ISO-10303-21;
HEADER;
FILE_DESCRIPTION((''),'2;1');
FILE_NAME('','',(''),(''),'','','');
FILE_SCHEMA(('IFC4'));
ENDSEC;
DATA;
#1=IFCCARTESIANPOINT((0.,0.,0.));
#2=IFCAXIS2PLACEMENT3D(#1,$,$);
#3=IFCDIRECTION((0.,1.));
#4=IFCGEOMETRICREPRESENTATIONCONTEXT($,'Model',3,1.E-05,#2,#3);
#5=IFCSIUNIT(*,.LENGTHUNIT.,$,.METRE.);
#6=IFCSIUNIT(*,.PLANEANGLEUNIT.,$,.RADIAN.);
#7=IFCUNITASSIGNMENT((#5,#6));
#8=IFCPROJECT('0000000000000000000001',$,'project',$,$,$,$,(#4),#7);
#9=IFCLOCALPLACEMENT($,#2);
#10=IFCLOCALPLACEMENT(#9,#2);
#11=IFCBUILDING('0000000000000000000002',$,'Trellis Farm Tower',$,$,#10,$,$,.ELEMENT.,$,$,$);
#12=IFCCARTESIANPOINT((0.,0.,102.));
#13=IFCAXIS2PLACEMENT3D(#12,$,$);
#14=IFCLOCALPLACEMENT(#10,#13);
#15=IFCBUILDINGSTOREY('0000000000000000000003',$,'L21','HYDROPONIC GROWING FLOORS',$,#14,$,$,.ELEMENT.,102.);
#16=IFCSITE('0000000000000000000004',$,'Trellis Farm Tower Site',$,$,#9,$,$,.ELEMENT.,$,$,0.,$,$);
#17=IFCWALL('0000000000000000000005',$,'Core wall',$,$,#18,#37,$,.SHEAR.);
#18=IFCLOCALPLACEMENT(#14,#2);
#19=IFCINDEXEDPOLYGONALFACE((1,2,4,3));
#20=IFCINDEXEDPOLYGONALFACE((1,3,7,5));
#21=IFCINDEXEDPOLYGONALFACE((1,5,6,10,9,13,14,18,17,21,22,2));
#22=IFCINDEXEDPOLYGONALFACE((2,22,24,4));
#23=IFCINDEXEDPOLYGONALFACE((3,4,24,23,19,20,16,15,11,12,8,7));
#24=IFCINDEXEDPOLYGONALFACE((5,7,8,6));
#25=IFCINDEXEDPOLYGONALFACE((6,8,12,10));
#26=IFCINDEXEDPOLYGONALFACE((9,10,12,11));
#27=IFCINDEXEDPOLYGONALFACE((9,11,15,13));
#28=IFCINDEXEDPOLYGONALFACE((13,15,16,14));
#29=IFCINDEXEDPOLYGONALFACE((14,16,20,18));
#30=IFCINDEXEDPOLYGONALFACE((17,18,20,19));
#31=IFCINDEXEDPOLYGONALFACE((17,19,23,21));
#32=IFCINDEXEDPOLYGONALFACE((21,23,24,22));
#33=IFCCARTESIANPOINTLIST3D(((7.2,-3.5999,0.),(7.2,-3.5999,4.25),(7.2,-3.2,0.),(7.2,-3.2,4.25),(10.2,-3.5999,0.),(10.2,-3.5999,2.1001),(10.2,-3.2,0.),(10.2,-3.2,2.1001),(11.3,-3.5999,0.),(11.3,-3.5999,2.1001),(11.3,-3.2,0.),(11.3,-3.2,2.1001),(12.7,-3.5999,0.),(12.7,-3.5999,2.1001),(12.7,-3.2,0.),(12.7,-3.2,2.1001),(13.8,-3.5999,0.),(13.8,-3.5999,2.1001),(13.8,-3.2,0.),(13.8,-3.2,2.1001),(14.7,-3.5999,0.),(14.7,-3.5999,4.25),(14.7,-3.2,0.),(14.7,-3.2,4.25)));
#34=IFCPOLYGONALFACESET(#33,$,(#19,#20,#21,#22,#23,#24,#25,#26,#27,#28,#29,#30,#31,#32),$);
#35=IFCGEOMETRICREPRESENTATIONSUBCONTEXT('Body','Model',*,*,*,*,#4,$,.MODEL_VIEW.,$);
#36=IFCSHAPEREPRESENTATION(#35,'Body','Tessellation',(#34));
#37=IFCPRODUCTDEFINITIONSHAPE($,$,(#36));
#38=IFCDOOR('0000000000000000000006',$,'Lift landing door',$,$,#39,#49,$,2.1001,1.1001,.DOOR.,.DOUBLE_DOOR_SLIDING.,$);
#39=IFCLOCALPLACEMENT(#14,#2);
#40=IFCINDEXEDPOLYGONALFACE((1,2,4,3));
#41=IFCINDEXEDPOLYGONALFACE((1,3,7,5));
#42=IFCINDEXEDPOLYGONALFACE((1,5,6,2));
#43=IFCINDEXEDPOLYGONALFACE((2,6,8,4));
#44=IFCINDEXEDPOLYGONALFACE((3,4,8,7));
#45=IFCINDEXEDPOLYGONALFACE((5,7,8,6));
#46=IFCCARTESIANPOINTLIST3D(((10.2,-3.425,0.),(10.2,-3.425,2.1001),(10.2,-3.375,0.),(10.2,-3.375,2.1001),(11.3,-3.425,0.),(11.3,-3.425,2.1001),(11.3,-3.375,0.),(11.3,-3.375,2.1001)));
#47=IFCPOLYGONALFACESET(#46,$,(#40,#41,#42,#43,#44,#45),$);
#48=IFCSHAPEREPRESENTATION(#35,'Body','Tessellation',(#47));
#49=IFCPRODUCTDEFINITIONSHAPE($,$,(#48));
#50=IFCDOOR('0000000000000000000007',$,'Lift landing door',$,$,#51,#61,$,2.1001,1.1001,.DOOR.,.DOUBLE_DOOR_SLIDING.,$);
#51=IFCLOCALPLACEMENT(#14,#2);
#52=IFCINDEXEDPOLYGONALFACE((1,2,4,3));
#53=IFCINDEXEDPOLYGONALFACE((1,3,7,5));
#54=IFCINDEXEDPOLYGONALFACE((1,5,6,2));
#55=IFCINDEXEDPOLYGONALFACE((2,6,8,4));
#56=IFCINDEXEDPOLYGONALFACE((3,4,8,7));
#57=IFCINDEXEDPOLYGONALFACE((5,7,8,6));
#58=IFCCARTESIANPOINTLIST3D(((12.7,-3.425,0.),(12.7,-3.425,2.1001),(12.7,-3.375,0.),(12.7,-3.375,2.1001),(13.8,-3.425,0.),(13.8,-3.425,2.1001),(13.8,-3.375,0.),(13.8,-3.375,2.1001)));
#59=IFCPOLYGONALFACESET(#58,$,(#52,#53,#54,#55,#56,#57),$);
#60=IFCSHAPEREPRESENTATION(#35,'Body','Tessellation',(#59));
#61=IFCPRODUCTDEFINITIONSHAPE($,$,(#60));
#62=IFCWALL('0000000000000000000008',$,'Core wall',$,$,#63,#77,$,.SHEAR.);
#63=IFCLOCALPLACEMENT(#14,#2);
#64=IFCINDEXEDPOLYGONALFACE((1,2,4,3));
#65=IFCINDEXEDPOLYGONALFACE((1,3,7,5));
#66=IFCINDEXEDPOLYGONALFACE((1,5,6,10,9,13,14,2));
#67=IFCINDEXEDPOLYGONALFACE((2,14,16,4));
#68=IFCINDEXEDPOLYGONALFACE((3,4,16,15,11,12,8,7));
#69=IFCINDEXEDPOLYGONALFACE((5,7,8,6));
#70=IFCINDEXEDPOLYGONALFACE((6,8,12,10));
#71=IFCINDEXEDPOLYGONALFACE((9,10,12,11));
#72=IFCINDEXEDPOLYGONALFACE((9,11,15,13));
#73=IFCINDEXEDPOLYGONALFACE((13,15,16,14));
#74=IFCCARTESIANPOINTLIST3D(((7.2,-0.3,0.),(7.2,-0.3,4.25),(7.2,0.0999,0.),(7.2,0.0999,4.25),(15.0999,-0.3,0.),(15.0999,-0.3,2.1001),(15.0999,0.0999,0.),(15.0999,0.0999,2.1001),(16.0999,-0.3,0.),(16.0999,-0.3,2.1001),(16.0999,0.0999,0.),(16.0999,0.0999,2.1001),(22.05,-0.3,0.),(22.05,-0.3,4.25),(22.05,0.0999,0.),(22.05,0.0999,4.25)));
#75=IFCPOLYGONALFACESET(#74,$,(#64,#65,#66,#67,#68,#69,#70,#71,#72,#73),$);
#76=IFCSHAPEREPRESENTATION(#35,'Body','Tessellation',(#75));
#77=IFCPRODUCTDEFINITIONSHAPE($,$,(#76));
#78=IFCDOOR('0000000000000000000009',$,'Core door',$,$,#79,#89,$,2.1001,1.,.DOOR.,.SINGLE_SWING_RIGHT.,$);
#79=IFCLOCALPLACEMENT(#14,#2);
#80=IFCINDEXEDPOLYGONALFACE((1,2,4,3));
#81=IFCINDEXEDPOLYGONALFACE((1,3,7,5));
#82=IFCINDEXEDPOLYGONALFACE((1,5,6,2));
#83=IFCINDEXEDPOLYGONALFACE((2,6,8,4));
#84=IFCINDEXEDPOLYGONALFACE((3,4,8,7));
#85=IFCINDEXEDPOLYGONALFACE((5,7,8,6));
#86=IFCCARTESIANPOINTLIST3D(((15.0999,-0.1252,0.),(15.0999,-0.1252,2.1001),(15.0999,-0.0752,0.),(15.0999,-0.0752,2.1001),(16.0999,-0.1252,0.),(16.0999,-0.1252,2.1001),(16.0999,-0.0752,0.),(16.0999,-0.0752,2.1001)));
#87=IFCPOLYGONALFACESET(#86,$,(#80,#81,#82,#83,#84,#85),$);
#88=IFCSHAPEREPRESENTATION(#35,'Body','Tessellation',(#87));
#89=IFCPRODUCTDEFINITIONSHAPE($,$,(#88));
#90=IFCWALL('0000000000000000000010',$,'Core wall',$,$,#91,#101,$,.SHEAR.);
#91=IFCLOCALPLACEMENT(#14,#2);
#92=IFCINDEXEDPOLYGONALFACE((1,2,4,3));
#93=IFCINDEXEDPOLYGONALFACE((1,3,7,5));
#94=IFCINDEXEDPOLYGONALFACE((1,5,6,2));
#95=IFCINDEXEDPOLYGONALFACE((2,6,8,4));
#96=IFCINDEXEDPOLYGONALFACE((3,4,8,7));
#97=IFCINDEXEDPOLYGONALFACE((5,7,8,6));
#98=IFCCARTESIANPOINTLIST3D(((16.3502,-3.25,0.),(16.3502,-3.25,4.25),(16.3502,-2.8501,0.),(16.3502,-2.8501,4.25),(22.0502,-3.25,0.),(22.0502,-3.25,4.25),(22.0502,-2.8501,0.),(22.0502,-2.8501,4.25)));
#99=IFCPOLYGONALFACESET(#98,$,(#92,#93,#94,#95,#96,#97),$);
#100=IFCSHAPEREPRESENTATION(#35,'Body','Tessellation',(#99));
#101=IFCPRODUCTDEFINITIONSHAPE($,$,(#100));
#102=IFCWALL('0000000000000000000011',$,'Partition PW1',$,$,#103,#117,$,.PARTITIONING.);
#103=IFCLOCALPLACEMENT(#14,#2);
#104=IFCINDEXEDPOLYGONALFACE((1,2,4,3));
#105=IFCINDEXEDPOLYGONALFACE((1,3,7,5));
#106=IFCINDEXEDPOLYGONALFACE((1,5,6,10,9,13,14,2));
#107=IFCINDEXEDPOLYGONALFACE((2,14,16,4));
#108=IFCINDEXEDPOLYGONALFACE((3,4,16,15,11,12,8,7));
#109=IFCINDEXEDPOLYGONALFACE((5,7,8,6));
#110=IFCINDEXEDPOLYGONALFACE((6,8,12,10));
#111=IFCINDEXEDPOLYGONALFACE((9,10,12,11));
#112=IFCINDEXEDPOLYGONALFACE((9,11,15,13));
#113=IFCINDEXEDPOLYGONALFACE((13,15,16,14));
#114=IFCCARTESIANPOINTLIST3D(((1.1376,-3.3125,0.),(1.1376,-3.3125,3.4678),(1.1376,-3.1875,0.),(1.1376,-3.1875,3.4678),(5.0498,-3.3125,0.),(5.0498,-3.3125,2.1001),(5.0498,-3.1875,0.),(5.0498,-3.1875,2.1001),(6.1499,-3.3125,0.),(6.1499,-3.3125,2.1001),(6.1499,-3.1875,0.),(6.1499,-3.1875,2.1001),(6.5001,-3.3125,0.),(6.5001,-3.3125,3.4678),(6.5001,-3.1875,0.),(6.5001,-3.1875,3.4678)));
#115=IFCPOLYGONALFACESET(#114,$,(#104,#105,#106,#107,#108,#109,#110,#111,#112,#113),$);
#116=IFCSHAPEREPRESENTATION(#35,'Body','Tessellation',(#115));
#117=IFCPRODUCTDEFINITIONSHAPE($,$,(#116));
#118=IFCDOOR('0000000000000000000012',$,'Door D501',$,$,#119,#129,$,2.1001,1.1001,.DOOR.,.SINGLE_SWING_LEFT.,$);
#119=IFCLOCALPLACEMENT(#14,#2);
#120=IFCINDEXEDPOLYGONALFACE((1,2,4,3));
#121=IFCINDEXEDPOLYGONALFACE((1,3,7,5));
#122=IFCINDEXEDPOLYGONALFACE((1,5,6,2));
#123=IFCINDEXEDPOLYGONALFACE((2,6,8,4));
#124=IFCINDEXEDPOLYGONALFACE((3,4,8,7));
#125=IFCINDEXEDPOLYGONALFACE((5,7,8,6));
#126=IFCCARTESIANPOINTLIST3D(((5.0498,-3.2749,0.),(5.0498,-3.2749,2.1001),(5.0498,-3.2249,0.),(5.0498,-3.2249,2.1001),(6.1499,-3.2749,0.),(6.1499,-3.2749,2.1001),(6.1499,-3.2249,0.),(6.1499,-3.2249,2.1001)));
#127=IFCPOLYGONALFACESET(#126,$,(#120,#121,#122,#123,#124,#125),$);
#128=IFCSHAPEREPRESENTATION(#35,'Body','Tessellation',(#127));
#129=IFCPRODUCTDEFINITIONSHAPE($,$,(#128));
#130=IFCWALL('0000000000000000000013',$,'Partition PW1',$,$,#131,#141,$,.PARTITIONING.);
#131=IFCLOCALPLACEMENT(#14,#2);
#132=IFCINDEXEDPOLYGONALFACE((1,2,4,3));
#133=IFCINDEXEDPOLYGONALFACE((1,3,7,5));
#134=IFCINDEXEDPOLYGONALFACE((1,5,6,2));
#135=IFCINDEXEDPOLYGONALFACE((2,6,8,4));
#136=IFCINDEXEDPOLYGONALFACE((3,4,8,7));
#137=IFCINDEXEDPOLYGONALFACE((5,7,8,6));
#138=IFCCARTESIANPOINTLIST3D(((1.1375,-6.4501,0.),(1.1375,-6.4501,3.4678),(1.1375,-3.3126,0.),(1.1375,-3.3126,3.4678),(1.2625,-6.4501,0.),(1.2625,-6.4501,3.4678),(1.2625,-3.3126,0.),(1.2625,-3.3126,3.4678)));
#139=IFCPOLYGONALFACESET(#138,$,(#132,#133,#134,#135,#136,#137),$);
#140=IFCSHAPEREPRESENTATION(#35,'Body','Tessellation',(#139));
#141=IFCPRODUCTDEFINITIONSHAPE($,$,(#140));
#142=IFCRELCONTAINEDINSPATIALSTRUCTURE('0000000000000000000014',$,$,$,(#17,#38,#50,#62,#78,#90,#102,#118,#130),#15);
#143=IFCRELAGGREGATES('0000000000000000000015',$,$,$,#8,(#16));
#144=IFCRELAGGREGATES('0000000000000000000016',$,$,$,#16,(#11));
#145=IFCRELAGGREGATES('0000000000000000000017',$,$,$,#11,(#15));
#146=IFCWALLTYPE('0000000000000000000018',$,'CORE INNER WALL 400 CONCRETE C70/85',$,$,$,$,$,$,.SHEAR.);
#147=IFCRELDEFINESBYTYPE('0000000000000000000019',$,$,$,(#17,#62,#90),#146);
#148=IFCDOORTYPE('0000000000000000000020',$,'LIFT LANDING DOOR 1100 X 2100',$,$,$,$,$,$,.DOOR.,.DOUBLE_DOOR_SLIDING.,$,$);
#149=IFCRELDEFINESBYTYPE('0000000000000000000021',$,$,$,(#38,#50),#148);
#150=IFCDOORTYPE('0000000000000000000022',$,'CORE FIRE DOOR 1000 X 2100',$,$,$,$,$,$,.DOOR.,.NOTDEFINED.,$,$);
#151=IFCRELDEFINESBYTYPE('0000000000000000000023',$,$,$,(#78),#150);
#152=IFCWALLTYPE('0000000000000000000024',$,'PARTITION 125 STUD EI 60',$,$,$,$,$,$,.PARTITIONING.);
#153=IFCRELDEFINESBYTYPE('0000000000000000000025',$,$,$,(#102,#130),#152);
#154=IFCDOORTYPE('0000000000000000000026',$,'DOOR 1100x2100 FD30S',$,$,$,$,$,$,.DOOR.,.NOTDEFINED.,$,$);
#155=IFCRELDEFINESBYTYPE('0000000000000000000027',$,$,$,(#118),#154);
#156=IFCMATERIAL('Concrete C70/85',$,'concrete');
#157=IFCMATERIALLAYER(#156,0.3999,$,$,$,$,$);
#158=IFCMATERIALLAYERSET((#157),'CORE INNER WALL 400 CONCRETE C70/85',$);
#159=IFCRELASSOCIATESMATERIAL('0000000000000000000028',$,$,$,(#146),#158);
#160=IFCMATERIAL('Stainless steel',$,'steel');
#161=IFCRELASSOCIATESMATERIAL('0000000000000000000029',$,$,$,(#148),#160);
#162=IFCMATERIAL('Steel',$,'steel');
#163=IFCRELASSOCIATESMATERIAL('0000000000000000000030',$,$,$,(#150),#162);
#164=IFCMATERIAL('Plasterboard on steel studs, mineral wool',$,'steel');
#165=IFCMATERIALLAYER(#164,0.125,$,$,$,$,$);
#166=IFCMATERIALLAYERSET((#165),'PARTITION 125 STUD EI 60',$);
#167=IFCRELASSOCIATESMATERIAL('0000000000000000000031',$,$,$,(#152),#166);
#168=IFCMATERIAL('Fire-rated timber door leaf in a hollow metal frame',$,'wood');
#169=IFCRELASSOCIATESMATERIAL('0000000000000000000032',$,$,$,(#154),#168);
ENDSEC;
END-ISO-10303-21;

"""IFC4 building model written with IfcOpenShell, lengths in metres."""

from ifc_helpers import new_model, si_unit, direction, frame, frame_2d, origin, place, context, subcontext, project, spatial, rectangle, extrude, source, transform, mapped, material, layer, layer_set, type_object, element, fill, save


model = new_model("IFC4")

# Units and contexts
model_context = context("Model", 3, precision=1e-05, world=origin(), true_north=direction((0.0, 1.0)))
body_context = subcontext(model_context, "Body", "Model", "MODEL_VIEW")
ifc_project = project(units=[si_unit("LENGTHUNIT", "METRE"), si_unit("PLANEANGLEUNIT", "RADIAN")], contexts=[model_context])

# Site, building, storey
site_placement = place(None, origin())
site = spatial("IfcSite", under=ifc_project, at=site_placement, Name="Trellis Farm Tower Site", CompositionType="ELEMENT", RefElevation=0.0)
building_placement = place(site_placement, origin())
building = spatial("IfcBuilding", under=site, at=building_placement, Name="Trellis Farm Tower", CompositionType="ELEMENT")
storey_placement = place(building_placement, frame((0.0, 0.0, 102.0)))
storey = spatial("IfcBuildingStorey", under=building, at=storey_placement, Name="L21", Description="HYDROPONIC GROWING FLOORS", CompositionType="ELEMENT", Elevation=102.0)

# Wall, openings, doors
ifc_material_1 = material(Name="Concrete C70/85", Category="concrete")
ifc_layer_1 = layer(ifc_material_1, 0.3999)
ifc_layer_set_1 = layer_set([ifc_layer_1], Name="CORE INNER WALL 400 CONCRETE C70/85")
wall_type_1 = type_object("IfcWallType", Name="CORE INNER WALL 400 CONCRETE C70/85", PredefinedType="SHEAR", material=ifc_layer_set_1)
shared_shape_1 = source(origin(), body_context, "Body", "SweptSolid", [
    extrude(rectangle(XDim=7.5, YDim=0.3999, at=frame_2d((3.75, 0.0))), origin(), (0.0, 0.0, 1.0), 4.25),
])
wall_1_placement = place(storey_placement, frame((7.2, -3.3999, 0.0), z_axis=(0.0, 0.0, 1.0), x_axis=(1.0, 0.0, 0.0)))
wall_1 = element("IfcWall", 1, at=wall_1_placement, inside=storey, type_object=wall_type_1, Name="Core wall", PredefinedType="SHEAR", context=body_context, shape_type="MappedRepresentation", body=[
    mapped(shared_shape_1, transform((0.0, 0.0, 0.0))),
])
shared_shape_2 = source(origin(), body_context, "Body", "SweptSolid", [
    extrude(rectangle(XDim=1.1001, YDim=2.1001, at=frame_2d((0.55, 1.05))), frame((0.0, 0.21, 0.0), z_axis=(0.0, -1.0, 0.0), x_axis=(1.0, 0.0, 0.0)), (0.0, 0.0, 1.0), 0.4199),
])
opening_1_placement = place(wall_1_placement, frame((3.0, 0.0, 0.0)))
opening_1 = element("IfcOpeningElement", 2, at=opening_1_placement, cuts=wall_1, PredefinedType="OPENING", context=body_context, shape_type="MappedRepresentation", body=[
    mapped(shared_shape_2, transform((0.0, 0.0, 0.0))),
])
opening_2_placement = place(wall_1_placement, frame((5.5, 0.0, 0.0)))
opening_2 = element("IfcOpeningElement", 3, at=opening_2_placement, cuts=wall_1, PredefinedType="OPENING", context=body_context, shape_type="MappedRepresentation", body=[
    mapped(shared_shape_2, transform((0.0, 0.0, 0.0))),
])
ifc_material_2 = material(Name="Stainless steel", Category="steel")
door_type_1 = type_object("IfcDoorType", Name="LIFT LANDING DOOR 1100 X 2100", OperationType="DOUBLE_DOOR_SLIDING", PredefinedType="DOOR", material=ifc_material_2)
shared_shape_3 = source(origin(), body_context, "Body", "SweptSolid", [
    extrude(rectangle(XDim=1.1001, YDim=2.1001, at=frame_2d((0.55, 1.05))), frame((0.0, 0.0249, 0.0), z_axis=(0.0, -1.0, 0.0), x_axis=(1.0, 0.0, 0.0)), (0.0, 0.0, 1.0), 0.05),
])
door_1_placement = place(opening_1_placement, origin())
door_1 = element("IfcDoor", 4, at=door_1_placement, inside=storey, type_object=door_type_1, Name="Lift landing door", OperationType="DOUBLE_DOOR_SLIDING", OverallHeight=2.1001, OverallWidth=1.1001, PredefinedType="DOOR", context=body_context, shape_type="MappedRepresentation", body=[
    mapped(shared_shape_3, transform((0.0, 0.0, 0.0))),
])
fill(opening_1, door_1)
door_2_placement = place(opening_2_placement, origin())
door_2 = element("IfcDoor", 5, at=door_2_placement, inside=storey, type_object=door_type_1, Name="Lift landing door", OperationType="DOUBLE_DOOR_SLIDING", OverallHeight=2.1001, OverallWidth=1.1001, PredefinedType="DOOR", context=body_context, shape_type="MappedRepresentation", body=[
    mapped(shared_shape_3, transform((0.0, 0.0, 0.0))),
])
fill(opening_2, door_2)

# Wall, opening, door
shared_shape_4 = source(origin(), body_context, "Body", "SweptSolid", [
    extrude(rectangle(XDim=14.8501, YDim=0.3999, at=frame_2d((7.425, 0.0))), origin(), (0.0, 0.0, 1.0), 4.25),
])
wall_2_placement = place(storey_placement, frame((7.2, -0.1001, 0.0), z_axis=(0.0, 0.0, 1.0), x_axis=(1.0, 0.0, 0.0)))
wall_2 = element("IfcWall", 6, at=wall_2_placement, inside=storey, type_object=wall_type_1, Name="Core wall", PredefinedType="SHEAR", context=body_context, shape_type="MappedRepresentation", body=[
    mapped(shared_shape_4, transform((0.0, 0.0, 0.0))),
])
shared_shape_5 = source(origin(), body_context, "Body", "SweptSolid", [
    extrude(rectangle(XDim=1.0, YDim=2.1001, at=frame_2d((0.5, 1.05))), frame((0.0, 0.21, 0.0), z_axis=(0.0, -1.0, 0.0), x_axis=(1.0, 0.0, 0.0)), (0.0, 0.0, 1.0), 0.4199),
])
opening_3_placement = place(wall_2_placement, frame((7.8999, 0.0, 0.0)))
opening_3 = element("IfcOpeningElement", 7, at=opening_3_placement, cuts=wall_2, PredefinedType="OPENING", context=body_context, shape_type="MappedRepresentation", body=[
    mapped(shared_shape_5, transform((0.0, 0.0, 0.0))),
])
ifc_material_3 = material(Name="Steel", Category="steel")
door_type_2 = type_object("IfcDoorType", Name="CORE FIRE DOOR 1000 X 2100", OperationType="NOTDEFINED", PredefinedType="DOOR", material=ifc_material_3)
shared_shape_6 = source(origin(), body_context, "Body", "SweptSolid", [
    extrude(rectangle(XDim=1.0, YDim=2.1001, at=frame_2d((0.5, 1.05))), frame((0.0, 0.0249, 0.0), z_axis=(0.0, -1.0, 0.0), x_axis=(1.0, 0.0, 0.0)), (0.0, 0.0, 1.0), 0.05),
])
door_3_placement = place(opening_3_placement, origin())
door_3 = element("IfcDoor", 8, at=door_3_placement, inside=storey, type_object=door_type_2, Name="Core door", OperationType="SINGLE_SWING_RIGHT", OverallHeight=2.1001, OverallWidth=1.0, PredefinedType="DOOR", context=body_context, shape_type="MappedRepresentation", body=[
    mapped(shared_shape_6, transform((0.0, 0.0, 0.0))),
])
fill(opening_3, door_3)

# Wall
shared_shape_7 = source(origin(), body_context, "Body", "SweptSolid", [
    extrude(rectangle(XDim=5.7, YDim=0.3999, at=frame_2d((2.8501, 0.0))), origin(), (0.0, 0.0, 1.0), 4.25),
])
wall_3_placement = place(storey_placement, frame((16.3501, -3.05, 0.0), z_axis=(0.0, 0.0, 1.0), x_axis=(1.0, 0.0, 0.0)))
element("IfcWall", 9, at=wall_3_placement, inside=storey, type_object=wall_type_1, Name="Core wall", PredefinedType="SHEAR", context=body_context, shape_type="MappedRepresentation", body=[
    mapped(shared_shape_7, transform((0.0, 0.0, 0.0))),
])

# Wall, opening, door
ifc_material_4 = material(Name="Plasterboard on steel studs, mineral wool", Category="steel")
ifc_layer_2 = layer(ifc_material_4, 0.125)
ifc_layer_set_2 = layer_set([ifc_layer_2], Name="PARTITION 125 STUD EI 60")
wall_type_2 = type_object("IfcWallType", Name="PARTITION 125 STUD EI 60", PredefinedType="PARTITIONING", material=ifc_layer_set_2)
shared_shape_8 = source(origin(), body_context, "Body", "SweptSolid", [
    extrude(rectangle(XDim=5.3625, YDim=0.125, at=frame_2d((2.6812, 0.0))), origin(), (0.0, 0.0, 1.0), 3.4678),
])
wall_4_placement = place(storey_placement, frame((6.5, -3.25, 0.0), z_axis=(0.0, 0.0, 1.0), x_axis=(-1.0, 0.0, 0.0)))
wall_4 = element("IfcWall", 10, at=wall_4_placement, inside=storey, type_object=wall_type_2, Name="Partition PW1", PredefinedType="PARTITIONING", context=body_context, shape_type="MappedRepresentation", body=[
    mapped(shared_shape_8, transform((0.0, 0.0, 0.0))),
])
shared_shape_9 = source(origin(), body_context, "Body", "SweptSolid", [
    extrude(rectangle(XDim=1.1001, YDim=2.1001, at=frame_2d((0.55, 1.05))), frame((0.0, 0.0725, 0.0), z_axis=(0.0, -1.0, 0.0), x_axis=(1.0, 0.0, 0.0)), (0.0, 0.0, 1.0), 0.145),
])
opening_4_placement = place(wall_4_placement, frame((0.3501, 0.0, 0.0)))
opening_4 = element("IfcOpeningElement", 11, at=opening_4_placement, cuts=wall_4, PredefinedType="OPENING", context=body_context, shape_type="MappedRepresentation", body=[
    mapped(shared_shape_9, transform((0.0, 0.0, 0.0))),
])
ifc_material_5 = material(Name="Fire-rated timber door leaf in a hollow metal frame", Category="wood")
door_type_3 = type_object("IfcDoorType", Name="DOOR 1100x2100 FD30S", OperationType="NOTDEFINED", PredefinedType="DOOR", material=ifc_material_5)
door_4_placement = place(opening_4_placement, origin())
door_4 = element("IfcDoor", 12, at=door_4_placement, inside=storey, type_object=door_type_3, Name="Door D501", OperationType="SINGLE_SWING_LEFT", OverallHeight=2.1001, OverallWidth=1.1001, PredefinedType="DOOR", context=body_context, shape_type="MappedRepresentation", body=[
    mapped(shared_shape_3, transform((0.0, 0.0, 0.0))),
])
fill(opening_4, door_4)

# Wall
shared_shape_10 = source(origin(), body_context, "Body", "SweptSolid", [
    extrude(rectangle(XDim=3.1375, YDim=0.125, at=frame_2d((1.5688, 0.0))), origin(), (0.0, 0.0, 1.0), 3.4678),
])
wall_5_placement = place(storey_placement, frame((1.2, -3.3125, 0.0), z_axis=(0.0, 0.0, 1.0), x_axis=(0.0, -1.0, 0.0)))
element("IfcWall", 13, at=wall_5_placement, inside=storey, type_object=wall_type_2, Name="Partition PW1", PredefinedType="PARTITIONING", context=body_context, shape_type="MappedRepresentation", body=[
    mapped(shared_shape_10, transform((0.0, 0.0, 0.0))),
])

save(model, "model.ifc")
